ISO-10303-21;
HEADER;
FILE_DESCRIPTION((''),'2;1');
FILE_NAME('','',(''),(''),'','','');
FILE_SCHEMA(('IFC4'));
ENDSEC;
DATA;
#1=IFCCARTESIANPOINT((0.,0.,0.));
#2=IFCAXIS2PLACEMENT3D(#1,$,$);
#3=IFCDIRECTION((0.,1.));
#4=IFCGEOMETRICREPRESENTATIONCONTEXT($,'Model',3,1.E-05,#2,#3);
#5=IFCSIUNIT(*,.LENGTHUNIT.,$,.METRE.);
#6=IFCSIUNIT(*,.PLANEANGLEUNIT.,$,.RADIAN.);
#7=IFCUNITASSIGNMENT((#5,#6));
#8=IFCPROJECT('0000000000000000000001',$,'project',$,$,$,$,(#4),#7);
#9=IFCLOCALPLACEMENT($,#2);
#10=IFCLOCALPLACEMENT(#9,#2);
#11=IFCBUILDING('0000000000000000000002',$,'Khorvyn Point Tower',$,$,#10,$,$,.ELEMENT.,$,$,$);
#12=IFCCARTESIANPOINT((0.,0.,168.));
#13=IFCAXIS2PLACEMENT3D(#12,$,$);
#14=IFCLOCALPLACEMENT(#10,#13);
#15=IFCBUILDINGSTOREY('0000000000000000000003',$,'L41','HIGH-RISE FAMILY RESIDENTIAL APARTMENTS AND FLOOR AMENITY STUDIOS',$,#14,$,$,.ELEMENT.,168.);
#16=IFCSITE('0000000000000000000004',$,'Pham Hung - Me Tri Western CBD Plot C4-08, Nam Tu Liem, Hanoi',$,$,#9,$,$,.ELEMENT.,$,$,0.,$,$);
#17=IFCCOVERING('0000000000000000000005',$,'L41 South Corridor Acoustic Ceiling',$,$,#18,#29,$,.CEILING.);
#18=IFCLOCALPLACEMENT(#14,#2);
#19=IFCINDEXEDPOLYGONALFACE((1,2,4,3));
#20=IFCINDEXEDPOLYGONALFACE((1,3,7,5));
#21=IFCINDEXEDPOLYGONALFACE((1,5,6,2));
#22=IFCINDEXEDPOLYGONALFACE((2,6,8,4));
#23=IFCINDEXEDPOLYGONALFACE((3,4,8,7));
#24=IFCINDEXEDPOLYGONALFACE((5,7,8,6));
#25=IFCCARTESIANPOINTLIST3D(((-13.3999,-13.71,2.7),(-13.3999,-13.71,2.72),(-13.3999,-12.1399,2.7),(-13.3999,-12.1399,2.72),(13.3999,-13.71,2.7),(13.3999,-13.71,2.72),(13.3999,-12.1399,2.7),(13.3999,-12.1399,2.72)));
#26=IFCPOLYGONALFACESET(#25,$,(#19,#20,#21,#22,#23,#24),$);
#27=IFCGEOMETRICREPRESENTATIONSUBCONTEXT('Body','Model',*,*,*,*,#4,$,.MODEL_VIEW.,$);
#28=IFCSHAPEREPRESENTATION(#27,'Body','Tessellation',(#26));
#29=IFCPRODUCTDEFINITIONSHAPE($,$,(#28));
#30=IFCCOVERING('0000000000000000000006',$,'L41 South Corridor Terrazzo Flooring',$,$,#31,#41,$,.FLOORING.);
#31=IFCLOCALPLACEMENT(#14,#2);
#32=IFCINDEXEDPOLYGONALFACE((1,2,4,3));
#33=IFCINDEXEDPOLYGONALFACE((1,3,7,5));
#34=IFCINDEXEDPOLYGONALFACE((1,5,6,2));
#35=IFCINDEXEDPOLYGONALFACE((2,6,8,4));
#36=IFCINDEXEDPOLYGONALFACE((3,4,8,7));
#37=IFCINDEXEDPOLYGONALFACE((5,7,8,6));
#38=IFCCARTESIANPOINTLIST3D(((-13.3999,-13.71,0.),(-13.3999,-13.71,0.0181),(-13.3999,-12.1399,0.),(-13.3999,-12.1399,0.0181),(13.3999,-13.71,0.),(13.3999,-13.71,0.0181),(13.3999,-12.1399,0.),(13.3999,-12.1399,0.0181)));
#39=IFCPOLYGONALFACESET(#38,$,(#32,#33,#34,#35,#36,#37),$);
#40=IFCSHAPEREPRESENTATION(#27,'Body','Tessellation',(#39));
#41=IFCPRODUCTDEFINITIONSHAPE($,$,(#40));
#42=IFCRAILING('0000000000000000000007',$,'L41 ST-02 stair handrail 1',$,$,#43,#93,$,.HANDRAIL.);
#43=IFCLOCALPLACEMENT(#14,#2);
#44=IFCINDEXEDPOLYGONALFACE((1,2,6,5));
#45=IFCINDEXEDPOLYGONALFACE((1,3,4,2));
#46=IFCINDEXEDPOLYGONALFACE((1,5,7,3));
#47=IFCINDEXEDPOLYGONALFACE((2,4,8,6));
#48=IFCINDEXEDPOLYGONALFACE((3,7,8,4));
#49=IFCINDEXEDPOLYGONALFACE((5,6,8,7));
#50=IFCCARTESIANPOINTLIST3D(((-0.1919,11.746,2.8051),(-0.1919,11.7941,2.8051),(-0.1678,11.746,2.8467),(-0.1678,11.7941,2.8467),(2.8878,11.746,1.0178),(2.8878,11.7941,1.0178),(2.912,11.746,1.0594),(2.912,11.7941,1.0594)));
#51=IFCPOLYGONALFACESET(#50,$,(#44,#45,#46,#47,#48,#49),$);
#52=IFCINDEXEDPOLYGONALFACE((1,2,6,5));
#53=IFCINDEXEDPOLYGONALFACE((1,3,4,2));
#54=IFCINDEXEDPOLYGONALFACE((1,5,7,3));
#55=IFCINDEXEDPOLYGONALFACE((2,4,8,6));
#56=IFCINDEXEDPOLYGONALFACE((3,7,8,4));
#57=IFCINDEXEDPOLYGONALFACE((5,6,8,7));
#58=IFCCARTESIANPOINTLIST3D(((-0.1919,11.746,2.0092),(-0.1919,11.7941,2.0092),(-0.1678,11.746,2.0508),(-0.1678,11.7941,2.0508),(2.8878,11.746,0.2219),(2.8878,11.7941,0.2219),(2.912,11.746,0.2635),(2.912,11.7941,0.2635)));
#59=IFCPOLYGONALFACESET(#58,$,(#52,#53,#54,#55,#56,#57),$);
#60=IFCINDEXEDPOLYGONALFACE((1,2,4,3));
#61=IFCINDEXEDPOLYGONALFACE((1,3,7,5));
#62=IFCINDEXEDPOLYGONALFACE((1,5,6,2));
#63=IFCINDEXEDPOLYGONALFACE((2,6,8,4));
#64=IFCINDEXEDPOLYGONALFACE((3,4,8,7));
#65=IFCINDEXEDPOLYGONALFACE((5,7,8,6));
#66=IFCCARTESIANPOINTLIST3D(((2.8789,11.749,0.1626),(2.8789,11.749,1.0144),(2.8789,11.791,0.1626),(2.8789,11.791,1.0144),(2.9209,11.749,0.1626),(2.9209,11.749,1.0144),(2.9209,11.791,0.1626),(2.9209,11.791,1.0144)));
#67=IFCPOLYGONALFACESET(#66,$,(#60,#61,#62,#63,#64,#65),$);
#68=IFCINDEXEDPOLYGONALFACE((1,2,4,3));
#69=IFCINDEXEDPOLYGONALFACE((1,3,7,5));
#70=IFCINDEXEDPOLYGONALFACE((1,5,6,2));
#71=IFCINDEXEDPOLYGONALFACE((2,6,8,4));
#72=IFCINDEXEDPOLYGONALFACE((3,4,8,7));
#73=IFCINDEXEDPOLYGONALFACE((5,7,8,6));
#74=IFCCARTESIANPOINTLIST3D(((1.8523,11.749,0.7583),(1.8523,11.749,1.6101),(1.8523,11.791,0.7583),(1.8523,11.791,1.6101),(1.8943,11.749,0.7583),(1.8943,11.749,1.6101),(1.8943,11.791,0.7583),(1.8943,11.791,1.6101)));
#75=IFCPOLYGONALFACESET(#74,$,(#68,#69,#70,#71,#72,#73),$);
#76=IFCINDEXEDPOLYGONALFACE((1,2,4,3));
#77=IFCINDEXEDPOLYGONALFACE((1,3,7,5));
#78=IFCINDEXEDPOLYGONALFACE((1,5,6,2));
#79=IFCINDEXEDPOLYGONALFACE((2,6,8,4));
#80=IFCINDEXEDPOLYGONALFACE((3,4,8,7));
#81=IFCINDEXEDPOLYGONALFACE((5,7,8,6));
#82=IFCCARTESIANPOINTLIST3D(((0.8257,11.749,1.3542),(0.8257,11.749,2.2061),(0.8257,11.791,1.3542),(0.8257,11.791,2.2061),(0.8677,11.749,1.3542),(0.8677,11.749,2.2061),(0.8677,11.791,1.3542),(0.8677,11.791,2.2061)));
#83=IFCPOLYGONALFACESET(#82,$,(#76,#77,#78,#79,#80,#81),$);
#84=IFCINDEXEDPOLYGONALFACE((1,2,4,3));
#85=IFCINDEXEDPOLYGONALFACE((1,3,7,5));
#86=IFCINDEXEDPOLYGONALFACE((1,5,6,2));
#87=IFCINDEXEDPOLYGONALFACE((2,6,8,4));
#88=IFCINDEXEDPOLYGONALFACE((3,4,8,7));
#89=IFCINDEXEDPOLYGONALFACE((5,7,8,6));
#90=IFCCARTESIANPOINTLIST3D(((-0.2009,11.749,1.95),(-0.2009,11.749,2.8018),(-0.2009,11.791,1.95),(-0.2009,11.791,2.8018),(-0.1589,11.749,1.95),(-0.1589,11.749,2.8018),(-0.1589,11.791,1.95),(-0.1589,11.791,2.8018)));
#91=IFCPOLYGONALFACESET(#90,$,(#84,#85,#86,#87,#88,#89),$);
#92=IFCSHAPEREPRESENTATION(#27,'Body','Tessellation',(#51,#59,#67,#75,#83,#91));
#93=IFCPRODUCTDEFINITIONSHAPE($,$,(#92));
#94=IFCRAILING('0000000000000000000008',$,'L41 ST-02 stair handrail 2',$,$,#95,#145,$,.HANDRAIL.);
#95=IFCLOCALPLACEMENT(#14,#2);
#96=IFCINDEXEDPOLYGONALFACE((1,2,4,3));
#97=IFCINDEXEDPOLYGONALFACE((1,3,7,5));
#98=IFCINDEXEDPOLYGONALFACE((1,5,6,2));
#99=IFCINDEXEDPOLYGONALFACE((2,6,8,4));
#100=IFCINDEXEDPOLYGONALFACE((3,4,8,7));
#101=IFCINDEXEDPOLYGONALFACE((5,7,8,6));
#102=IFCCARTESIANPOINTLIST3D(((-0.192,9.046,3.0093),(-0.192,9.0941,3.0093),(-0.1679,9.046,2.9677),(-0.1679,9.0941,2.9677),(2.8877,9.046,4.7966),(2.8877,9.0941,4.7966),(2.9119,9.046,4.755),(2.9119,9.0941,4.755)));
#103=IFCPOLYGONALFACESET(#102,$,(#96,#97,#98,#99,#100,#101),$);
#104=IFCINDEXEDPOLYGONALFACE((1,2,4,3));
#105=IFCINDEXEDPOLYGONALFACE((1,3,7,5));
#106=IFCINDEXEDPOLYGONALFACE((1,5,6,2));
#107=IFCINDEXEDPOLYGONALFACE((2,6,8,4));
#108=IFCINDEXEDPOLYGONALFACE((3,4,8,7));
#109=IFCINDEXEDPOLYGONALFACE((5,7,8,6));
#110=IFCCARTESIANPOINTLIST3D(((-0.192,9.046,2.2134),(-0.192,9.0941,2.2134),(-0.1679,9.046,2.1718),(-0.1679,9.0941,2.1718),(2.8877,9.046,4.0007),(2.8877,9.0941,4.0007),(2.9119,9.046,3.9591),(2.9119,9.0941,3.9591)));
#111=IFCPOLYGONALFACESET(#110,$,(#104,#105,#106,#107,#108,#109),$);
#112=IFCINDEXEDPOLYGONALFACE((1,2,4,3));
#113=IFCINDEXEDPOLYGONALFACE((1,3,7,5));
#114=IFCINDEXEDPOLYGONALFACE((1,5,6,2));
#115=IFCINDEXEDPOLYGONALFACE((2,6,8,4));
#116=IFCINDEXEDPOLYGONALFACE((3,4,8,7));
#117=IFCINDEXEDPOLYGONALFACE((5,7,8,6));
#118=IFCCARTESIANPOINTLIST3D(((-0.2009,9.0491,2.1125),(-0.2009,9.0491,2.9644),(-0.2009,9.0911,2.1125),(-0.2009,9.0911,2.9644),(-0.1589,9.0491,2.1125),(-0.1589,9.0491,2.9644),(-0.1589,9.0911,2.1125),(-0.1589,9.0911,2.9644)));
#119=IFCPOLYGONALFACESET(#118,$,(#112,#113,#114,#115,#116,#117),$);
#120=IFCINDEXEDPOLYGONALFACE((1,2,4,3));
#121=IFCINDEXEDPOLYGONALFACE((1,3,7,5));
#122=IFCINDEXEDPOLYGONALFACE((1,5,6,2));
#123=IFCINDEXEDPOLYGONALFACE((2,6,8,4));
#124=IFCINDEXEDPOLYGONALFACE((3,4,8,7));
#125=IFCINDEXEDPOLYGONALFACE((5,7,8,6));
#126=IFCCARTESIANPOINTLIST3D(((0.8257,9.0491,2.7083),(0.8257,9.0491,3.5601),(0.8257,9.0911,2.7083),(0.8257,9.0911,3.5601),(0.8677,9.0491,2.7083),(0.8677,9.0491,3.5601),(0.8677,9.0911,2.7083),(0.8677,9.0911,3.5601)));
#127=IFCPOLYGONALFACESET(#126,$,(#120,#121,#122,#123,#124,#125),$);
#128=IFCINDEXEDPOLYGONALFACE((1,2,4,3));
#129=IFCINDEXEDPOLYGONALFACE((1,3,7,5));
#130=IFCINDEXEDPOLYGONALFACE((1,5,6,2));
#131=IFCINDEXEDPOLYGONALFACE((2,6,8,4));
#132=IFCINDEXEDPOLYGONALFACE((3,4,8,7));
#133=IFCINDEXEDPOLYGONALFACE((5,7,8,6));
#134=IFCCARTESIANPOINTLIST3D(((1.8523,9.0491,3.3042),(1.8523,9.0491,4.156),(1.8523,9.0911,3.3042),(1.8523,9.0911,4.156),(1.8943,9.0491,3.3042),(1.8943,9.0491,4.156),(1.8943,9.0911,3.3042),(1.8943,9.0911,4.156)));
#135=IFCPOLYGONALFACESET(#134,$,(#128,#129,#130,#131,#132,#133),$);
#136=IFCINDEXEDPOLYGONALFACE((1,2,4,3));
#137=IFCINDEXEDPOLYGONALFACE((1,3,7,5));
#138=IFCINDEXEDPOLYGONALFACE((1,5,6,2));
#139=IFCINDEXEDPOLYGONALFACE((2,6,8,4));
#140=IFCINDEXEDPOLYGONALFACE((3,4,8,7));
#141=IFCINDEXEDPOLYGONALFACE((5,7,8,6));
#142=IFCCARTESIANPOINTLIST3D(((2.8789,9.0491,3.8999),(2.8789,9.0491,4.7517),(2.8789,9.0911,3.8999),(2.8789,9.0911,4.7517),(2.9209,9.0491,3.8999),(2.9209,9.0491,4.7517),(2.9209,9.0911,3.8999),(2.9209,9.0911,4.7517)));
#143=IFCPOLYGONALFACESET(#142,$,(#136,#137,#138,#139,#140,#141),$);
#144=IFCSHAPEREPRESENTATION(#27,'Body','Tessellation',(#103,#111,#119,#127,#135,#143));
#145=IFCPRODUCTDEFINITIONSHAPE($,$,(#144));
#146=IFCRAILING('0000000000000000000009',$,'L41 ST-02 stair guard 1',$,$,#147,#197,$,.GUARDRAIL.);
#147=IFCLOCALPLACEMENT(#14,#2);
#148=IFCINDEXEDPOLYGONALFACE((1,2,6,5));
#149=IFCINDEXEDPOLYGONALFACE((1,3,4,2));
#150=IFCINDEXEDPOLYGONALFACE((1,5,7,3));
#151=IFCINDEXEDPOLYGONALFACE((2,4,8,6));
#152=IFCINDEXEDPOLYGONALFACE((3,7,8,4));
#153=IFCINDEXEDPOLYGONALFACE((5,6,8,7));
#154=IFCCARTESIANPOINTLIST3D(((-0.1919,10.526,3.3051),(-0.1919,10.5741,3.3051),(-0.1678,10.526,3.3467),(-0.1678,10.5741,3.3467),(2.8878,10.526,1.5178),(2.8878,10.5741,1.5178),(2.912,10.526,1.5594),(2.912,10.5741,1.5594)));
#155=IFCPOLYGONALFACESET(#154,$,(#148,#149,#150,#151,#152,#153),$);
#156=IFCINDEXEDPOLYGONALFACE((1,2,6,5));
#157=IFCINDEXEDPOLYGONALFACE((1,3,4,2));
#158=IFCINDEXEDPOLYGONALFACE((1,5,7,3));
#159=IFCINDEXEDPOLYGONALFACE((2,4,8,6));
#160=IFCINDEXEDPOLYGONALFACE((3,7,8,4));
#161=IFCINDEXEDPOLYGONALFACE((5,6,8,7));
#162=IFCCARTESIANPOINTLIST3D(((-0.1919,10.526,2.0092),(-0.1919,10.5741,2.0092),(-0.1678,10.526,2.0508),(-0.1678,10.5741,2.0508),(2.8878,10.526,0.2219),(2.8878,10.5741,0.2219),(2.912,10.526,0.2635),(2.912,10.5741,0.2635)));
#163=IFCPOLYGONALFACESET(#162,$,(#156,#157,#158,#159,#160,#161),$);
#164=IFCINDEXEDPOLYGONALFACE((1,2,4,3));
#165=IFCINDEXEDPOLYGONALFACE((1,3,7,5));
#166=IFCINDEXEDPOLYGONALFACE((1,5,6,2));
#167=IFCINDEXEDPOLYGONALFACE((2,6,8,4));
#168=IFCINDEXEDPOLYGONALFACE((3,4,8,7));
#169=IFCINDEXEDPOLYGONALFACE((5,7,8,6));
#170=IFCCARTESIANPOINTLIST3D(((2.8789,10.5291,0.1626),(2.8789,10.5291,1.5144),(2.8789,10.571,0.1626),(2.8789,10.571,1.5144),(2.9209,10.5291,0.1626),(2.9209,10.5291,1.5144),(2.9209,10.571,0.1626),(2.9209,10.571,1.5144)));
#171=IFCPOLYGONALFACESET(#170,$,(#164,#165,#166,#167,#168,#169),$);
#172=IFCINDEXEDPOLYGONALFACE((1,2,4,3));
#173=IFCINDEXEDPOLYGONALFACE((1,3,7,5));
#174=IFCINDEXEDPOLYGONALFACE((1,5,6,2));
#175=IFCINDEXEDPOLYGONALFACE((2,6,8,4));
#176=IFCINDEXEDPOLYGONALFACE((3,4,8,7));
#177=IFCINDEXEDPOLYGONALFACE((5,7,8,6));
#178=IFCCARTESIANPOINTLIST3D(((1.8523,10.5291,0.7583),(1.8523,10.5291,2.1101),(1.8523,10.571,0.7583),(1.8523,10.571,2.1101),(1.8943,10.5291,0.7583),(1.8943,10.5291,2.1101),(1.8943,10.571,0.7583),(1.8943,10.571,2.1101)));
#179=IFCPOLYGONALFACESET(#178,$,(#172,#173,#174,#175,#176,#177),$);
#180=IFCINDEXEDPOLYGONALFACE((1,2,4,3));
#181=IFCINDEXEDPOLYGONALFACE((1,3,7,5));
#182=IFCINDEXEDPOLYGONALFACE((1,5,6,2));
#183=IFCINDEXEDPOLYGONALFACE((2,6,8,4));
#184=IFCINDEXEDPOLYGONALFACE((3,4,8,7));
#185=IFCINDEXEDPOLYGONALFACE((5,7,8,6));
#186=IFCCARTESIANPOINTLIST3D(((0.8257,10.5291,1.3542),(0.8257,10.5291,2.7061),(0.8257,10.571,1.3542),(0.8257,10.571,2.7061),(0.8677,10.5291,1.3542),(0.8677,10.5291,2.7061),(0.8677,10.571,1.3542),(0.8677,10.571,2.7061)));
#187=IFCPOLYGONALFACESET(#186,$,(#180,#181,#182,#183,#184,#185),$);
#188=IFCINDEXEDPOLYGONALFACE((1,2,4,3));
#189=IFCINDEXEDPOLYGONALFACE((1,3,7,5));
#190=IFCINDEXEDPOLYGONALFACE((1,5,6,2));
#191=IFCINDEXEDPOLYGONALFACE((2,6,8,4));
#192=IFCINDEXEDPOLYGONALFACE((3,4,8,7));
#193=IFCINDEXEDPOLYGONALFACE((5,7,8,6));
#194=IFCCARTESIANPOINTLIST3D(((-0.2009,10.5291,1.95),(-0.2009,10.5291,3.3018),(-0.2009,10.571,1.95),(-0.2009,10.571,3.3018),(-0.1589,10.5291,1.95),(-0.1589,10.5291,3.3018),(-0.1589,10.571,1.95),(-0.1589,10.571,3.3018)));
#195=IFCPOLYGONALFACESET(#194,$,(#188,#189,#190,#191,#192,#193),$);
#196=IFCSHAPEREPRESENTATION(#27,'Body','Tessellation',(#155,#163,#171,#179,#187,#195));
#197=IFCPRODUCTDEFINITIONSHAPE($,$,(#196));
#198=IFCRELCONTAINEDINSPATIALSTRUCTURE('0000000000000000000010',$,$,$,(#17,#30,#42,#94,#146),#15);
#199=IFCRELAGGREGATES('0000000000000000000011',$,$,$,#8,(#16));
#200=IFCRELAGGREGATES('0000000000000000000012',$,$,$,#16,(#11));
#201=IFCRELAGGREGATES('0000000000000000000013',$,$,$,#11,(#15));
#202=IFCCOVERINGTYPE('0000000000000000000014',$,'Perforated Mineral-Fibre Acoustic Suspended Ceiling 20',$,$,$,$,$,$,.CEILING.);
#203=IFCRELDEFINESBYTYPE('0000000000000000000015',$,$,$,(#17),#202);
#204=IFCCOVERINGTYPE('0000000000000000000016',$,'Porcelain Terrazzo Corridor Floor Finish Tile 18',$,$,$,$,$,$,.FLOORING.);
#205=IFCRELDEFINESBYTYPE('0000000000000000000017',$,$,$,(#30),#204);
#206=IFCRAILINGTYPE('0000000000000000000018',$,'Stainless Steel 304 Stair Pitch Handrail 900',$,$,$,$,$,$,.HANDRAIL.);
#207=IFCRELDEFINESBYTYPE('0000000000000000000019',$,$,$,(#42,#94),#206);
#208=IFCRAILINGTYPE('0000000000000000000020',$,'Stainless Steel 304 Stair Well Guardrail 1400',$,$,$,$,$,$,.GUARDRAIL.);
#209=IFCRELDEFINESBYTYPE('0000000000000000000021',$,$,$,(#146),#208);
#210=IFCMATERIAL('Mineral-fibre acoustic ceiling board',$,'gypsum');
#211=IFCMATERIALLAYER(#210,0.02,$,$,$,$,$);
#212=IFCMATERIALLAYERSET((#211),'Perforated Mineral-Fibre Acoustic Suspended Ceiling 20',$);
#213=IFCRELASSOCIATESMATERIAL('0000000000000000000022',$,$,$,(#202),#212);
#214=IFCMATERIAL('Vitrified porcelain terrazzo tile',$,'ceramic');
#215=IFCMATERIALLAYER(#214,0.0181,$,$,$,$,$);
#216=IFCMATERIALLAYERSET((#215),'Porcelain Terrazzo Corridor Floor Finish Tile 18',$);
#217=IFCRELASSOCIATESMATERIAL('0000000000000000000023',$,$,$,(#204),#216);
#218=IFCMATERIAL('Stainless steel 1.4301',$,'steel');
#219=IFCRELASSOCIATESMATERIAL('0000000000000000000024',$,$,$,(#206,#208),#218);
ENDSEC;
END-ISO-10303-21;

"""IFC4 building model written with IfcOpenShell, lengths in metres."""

from ifc_helpers import new_model, si_unit, direction, frame, origin, origin_2d, place, context, subcontext, project, spatial, polyline, rectangle, outline, extrude, material, layer, layer_set, type_object, element, save


model = new_model("IFC4")

# Units and contexts
model_context = context("Model", 3, precision=1e-05, world=origin(), true_north=direction((0.0, 1.0)))
body_context = subcontext(model_context, "Body", "Model", "MODEL_VIEW")
ifc_project = project(units=[si_unit("LENGTHUNIT", "METRE"), si_unit("PLANEANGLEUNIT", "RADIAN")], contexts=[model_context])

# Site, building, storey
site_placement = place(None, origin())
site = spatial("IfcSite", under=ifc_project, at=site_placement, Name="Pham Hung - Me Tri Western CBD Plot C4-08, Nam Tu Liem, Hanoi", CompositionType="ELEMENT", RefElevation=0.0)
building_placement = place(site_placement, origin())
building = spatial("IfcBuilding", under=site, at=building_placement, Name="Khorvyn Point Tower", CompositionType="ELEMENT")
storey_placement = place(building_placement, frame((0.0, 0.0, 168.0)))
storey = spatial("IfcBuildingStorey", under=building, at=storey_placement, Name="L41", Description="HIGH-RISE FAMILY RESIDENTIAL APARTMENTS AND FLOOR AMENITY STUDIOS", CompositionType="ELEMENT", Elevation=168.0)

# Shared definitions
ifc_material_1 = material(Name="Stainless steel 1.4301", Category="steel")

# Coverings
ifc_material_2 = material(Name="Mineral-fibre acoustic ceiling board", Category="gypsum")
ifc_layer_1 = layer(ifc_material_2, 0.02)
ifc_layer_set_1 = layer_set([ifc_layer_1], Name="Perforated Mineral-Fibre Acoustic Suspended Ceiling 20")
covering_type_1 = type_object("IfcCoveringType", Name="Perforated Mineral-Fibre Acoustic Suspended Ceiling 20", PredefinedType="CEILING", material=ifc_layer_set_1)
covering_1_placement = place(storey_placement, frame((0.0, 0.0, 2.7)))
element("IfcCovering", 1, at=covering_1_placement, inside=storey, type_object=covering_type_1, Name="L41 South Corridor Acoustic Ceiling", PredefinedType="CEILING", context=body_context, shape_type="SweptSolid", body=[
    extrude(outline(polyline([(-13.3999, -13.71), (13.3999, -13.71), (13.3999, -12.1399), (-13.3999, -12.1399), (-13.3999, -13.71)])), origin(), (0.0, 0.0, 1.0), 0.02),
])
ifc_material_3 = material(Name="Vitrified porcelain terrazzo tile", Category="ceramic")
ifc_layer_2 = layer(ifc_material_3, 0.0181)
ifc_layer_set_2 = layer_set([ifc_layer_2], Name="Porcelain Terrazzo Corridor Floor Finish Tile 18")
covering_type_2 = type_object("IfcCoveringType", Name="Porcelain Terrazzo Corridor Floor Finish Tile 18", PredefinedType="FLOORING", material=ifc_layer_set_2)
covering_2_placement = place(storey_placement, origin())
element("IfcCovering", 2, at=covering_2_placement, inside=storey, type_object=covering_type_2, Name="L41 South Corridor Terrazzo Flooring", PredefinedType="FLOORING", context=body_context, shape_type="SweptSolid", body=[
    extrude(outline(polyline([(-13.3999, -13.71), (13.3999, -13.71), (13.3999, -12.1399), (-13.3999, -12.1399), (-13.3999, -13.71)])), origin(), (0.0, 0.0, 1.0), 0.0181),
])

# Railings
railing_type_1 = type_object("IfcRailingType", Name="Stainless Steel 304 Stair Pitch Handrail 900", PredefinedType="HANDRAIL", material=ifc_material_1)
railing_1_placement = place(storey_placement, frame((2.8999, 11.77, 0.1626)))
element("IfcRailing", 3, at=railing_1_placement, inside=storey, type_object=railing_type_1, Name="L41 ST-02 stair handrail 1", PredefinedType="HANDRAIL", context=body_context, shape_type="SweptSolid", body=[
    extrude(rectangle(XDim=0.0481, YDim=0.0481, at=origin_2d()), frame((0.0, 0.0, 0.876), z_axis=(-0.864903, 0.0, 0.501939), x_axis=(0.0, -1.0, 0.0)), (0.0, 0.0, 1.0), 3.5608),
    extrude(rectangle(XDim=0.0481, YDim=0.0481, at=origin_2d()), frame((0.0, 0.0, 0.0801), z_axis=(-0.864903, 0.0, 0.501939), x_axis=(0.0, -1.0, 0.0)), (0.0, 0.0, 1.0), 3.5608),
    extrude(rectangle(XDim=0.042, YDim=0.042, at=origin_2d()), origin(), (0.0, 0.0, 1.0), 0.8518),
    extrude(rectangle(XDim=0.042, YDim=0.042, at=origin_2d()), frame((-1.0266, 0.0, 0.5957)), (0.0, 0.0, 1.0), 0.8518),
    extrude(rectangle(XDim=0.042, YDim=0.042, at=origin_2d()), frame((-2.0532, 0.0, 1.1917)), (0.0, 0.0, 1.0), 0.8518),
    extrude(rectangle(XDim=0.042, YDim=0.042, at=origin_2d()), frame((-3.0798, 0.0, 1.7874)), (0.0, 0.0, 1.0), 0.8518),
])
railing_2_placement = place(storey_placement, frame((-0.1799, 9.0701, 2.1125)))
element("IfcRailing", 4, at=railing_2_placement, inside=storey, type_object=railing_type_1, Name="L41 ST-02 stair handrail 2", PredefinedType="HANDRAIL", context=body_context, shape_type="SweptSolid", body=[
    extrude(rectangle(XDim=0.0481, YDim=0.0481, at=origin_2d()), frame((0.0, 0.0, 0.876), z_axis=(0.864903, 0.0, 0.501939), x_axis=(0.0, 1.0, 0.0)), (0.0, 0.0, 1.0), 3.5608),
    extrude(rectangle(XDim=0.0481, YDim=0.0481, at=origin_2d()), frame((0.0, 0.0, 0.0801), z_axis=(0.864903, 0.0, 0.501939), x_axis=(0.0, 1.0, 0.0)), (0.0, 0.0, 1.0), 3.5608),
    extrude(rectangle(XDim=0.042, YDim=0.042, at=origin_2d()), origin(), (0.0, 0.0, 1.0), 0.8518),
    extrude(rectangle(XDim=0.042, YDim=0.042, at=origin_2d()), frame((1.0266, 0.0, 0.5957)), (0.0, 0.0, 1.0), 0.8518),
    extrude(rectangle(XDim=0.042, YDim=0.042, at=origin_2d()), frame((2.0532, 0.0, 1.1917)), (0.0, 0.0, 1.0), 0.8518),
    extrude(rectangle(XDim=0.042, YDim=0.042, at=origin_2d()), frame((3.0798, 0.0, 1.7874)), (0.0, 0.0, 1.0), 0.8518),
])
railing_type_2 = type_object("IfcRailingType", Name="Stainless Steel 304 Stair Well Guardrail 1400", PredefinedType="GUARDRAIL", material=ifc_material_1)
railing_3_placement = place(storey_placement, frame((2.8999, 10.55, 0.1626)))
element("IfcRailing", 5, at=railing_3_placement, inside=storey, type_object=railing_type_2, Name="L41 ST-02 stair guard 1", PredefinedType="GUARDRAIL", context=body_context, shape_type="SweptSolid", body=[
    extrude(rectangle(XDim=0.0481, YDim=0.0481, at=origin_2d()), frame((0.0, 0.0, 1.376), z_axis=(-0.864903, 0.0, 0.501939), x_axis=(0.0, -1.0, 0.0)), (0.0, 0.0, 1.0), 3.5608),
    extrude(rectangle(XDim=0.0481, YDim=0.0481, at=origin_2d()), frame((0.0, 0.0, 0.0801), z_axis=(-0.864903, 0.0, 0.501939), x_axis=(0.0, -1.0, 0.0)), (0.0, 0.0, 1.0), 3.5608),
    extrude(rectangle(XDim=0.042, YDim=0.042, at=origin_2d()), origin(), (0.0, 0.0, 1.0), 1.3518),
    extrude(rectangle(XDim=0.042, YDim=0.042, at=origin_2d()), frame((-1.0266, 0.0, 0.5957)), (0.0, 0.0, 1.0), 1.3518),
    extrude(rectangle(XDim=0.042, YDim=0.042, at=origin_2d()), frame((-2.0532, 0.0, 1.1917)), (0.0, 0.0, 1.0), 1.3518),
    extrude(rectangle(XDim=0.042, YDim=0.042, at=origin_2d()), frame((-3.0798, 0.0, 1.7874)), (0.0, 0.0, 1.0), 1.3518),
])

save(model, "model.ifc")
